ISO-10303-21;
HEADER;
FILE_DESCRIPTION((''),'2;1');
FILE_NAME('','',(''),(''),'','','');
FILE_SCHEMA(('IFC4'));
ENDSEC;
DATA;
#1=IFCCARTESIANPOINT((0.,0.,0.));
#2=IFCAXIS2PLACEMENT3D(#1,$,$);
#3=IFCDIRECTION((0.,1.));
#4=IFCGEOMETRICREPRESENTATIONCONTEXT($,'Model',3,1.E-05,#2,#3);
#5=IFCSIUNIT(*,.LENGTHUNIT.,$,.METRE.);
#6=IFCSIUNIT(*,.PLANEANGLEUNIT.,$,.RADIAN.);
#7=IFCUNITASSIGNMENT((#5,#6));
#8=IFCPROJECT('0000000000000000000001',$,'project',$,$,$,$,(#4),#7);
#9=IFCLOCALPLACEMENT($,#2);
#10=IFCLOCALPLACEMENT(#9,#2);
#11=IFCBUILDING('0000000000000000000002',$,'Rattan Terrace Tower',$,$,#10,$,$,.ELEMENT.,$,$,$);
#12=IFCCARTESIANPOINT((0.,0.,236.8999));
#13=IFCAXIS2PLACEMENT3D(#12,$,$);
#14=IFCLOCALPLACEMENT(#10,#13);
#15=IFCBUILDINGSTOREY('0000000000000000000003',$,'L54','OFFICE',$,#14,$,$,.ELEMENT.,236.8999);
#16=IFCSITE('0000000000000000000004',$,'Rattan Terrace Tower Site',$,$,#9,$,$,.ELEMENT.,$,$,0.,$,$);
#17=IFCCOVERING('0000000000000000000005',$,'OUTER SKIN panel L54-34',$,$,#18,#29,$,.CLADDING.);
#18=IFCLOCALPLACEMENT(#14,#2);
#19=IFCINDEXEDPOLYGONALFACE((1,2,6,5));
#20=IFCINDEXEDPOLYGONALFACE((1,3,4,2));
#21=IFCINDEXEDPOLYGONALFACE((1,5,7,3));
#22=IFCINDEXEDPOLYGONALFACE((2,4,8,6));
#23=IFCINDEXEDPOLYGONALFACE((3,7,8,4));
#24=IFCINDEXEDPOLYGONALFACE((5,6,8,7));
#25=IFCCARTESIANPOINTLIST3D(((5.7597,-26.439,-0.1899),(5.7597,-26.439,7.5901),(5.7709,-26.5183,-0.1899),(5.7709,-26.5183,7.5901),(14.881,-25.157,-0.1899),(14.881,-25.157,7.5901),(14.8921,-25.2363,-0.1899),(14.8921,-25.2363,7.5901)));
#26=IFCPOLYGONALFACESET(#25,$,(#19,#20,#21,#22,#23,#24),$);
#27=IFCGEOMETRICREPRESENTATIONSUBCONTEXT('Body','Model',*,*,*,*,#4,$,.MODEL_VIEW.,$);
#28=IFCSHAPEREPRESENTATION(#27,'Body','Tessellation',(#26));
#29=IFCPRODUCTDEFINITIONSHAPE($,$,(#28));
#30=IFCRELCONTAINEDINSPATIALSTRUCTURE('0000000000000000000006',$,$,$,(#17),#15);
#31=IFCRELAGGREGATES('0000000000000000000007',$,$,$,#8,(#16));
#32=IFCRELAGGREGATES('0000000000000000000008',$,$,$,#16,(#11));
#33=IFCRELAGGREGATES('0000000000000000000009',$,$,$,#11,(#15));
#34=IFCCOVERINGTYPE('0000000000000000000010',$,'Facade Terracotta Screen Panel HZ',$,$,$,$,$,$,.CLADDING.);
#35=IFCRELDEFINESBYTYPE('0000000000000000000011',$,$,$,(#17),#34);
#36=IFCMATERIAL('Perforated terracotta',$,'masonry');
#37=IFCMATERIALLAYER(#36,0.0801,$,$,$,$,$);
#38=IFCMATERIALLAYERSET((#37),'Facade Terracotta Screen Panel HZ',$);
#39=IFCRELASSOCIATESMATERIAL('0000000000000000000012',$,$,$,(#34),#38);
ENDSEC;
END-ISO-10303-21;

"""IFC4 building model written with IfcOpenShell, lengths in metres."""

from ifc_helpers import new_model, si_unit, direction, frame, origin, origin_2d, place, context, subcontext, project, spatial, rectangle, extrude, material, layer, layer_set, type_object, element, save


model = new_model("IFC4")

# Units and contexts
model_context = context("Model", 3, precision=1e-05, world=origin(), true_north=direction((0.0, 1.0)))
body_context = subcontext(model_context, "Body", "Model", "MODEL_VIEW")
ifc_project = project(units=[si_unit("LENGTHUNIT", "METRE"), si_unit("PLANEANGLEUNIT", "RADIAN")], contexts=[model_context])

# Site, building, storey
site_placement = place(None, origin())
site = spatial("IfcSite", under=ifc_project, at=site_placement, Name="Rattan Terrace Tower Site", CompositionType="ELEMENT", RefElevation=0.0)
building_placement = place(site_placement, origin())
building = spatial("IfcBuilding", under=site, at=building_placement, Name="Rattan Terrace Tower", CompositionType="ELEMENT")
storey_placement = place(building_placement, frame((0.0, 0.0, 236.8999)))
storey = spatial("IfcBuildingStorey", under=building, at=storey_placement, Name="L54", Description="OFFICE", CompositionType="ELEMENT", Elevation=236.8999)

# Covering
ifc_material_1 = material(Name="Perforated terracotta", Category="masonry")
ifc_layer_1 = layer(ifc_material_1, 0.0801)
ifc_layer_set_1 = layer_set([ifc_layer_1], Name="Facade Terracotta Screen Panel HZ")
covering_type = type_object("IfcCoveringType", Name="Facade Terracotta Screen Panel HZ", PredefinedType="CLADDING", material=ifc_layer_set_1)
covering_placement = place(storey_placement, frame((10.3259, -25.8376, -0.1899), z_axis=(0.0, 0.0, 1.0), x_axis=(0.990267, 0.139177, 0.0)))
element("IfcCovering", 1, at=covering_placement, inside=storey, type_object=covering_type, Name="OUTER SKIN panel L54-34", PredefinedType="CLADDING", context=body_context, shape_type="SweptSolid", body=[
    extrude(rectangle(XDim=9.2109, YDim=0.0801, at=origin_2d()), origin(), (0.0, 0.0, 1.0), 7.78),
])

save(model, "model.ifc")
